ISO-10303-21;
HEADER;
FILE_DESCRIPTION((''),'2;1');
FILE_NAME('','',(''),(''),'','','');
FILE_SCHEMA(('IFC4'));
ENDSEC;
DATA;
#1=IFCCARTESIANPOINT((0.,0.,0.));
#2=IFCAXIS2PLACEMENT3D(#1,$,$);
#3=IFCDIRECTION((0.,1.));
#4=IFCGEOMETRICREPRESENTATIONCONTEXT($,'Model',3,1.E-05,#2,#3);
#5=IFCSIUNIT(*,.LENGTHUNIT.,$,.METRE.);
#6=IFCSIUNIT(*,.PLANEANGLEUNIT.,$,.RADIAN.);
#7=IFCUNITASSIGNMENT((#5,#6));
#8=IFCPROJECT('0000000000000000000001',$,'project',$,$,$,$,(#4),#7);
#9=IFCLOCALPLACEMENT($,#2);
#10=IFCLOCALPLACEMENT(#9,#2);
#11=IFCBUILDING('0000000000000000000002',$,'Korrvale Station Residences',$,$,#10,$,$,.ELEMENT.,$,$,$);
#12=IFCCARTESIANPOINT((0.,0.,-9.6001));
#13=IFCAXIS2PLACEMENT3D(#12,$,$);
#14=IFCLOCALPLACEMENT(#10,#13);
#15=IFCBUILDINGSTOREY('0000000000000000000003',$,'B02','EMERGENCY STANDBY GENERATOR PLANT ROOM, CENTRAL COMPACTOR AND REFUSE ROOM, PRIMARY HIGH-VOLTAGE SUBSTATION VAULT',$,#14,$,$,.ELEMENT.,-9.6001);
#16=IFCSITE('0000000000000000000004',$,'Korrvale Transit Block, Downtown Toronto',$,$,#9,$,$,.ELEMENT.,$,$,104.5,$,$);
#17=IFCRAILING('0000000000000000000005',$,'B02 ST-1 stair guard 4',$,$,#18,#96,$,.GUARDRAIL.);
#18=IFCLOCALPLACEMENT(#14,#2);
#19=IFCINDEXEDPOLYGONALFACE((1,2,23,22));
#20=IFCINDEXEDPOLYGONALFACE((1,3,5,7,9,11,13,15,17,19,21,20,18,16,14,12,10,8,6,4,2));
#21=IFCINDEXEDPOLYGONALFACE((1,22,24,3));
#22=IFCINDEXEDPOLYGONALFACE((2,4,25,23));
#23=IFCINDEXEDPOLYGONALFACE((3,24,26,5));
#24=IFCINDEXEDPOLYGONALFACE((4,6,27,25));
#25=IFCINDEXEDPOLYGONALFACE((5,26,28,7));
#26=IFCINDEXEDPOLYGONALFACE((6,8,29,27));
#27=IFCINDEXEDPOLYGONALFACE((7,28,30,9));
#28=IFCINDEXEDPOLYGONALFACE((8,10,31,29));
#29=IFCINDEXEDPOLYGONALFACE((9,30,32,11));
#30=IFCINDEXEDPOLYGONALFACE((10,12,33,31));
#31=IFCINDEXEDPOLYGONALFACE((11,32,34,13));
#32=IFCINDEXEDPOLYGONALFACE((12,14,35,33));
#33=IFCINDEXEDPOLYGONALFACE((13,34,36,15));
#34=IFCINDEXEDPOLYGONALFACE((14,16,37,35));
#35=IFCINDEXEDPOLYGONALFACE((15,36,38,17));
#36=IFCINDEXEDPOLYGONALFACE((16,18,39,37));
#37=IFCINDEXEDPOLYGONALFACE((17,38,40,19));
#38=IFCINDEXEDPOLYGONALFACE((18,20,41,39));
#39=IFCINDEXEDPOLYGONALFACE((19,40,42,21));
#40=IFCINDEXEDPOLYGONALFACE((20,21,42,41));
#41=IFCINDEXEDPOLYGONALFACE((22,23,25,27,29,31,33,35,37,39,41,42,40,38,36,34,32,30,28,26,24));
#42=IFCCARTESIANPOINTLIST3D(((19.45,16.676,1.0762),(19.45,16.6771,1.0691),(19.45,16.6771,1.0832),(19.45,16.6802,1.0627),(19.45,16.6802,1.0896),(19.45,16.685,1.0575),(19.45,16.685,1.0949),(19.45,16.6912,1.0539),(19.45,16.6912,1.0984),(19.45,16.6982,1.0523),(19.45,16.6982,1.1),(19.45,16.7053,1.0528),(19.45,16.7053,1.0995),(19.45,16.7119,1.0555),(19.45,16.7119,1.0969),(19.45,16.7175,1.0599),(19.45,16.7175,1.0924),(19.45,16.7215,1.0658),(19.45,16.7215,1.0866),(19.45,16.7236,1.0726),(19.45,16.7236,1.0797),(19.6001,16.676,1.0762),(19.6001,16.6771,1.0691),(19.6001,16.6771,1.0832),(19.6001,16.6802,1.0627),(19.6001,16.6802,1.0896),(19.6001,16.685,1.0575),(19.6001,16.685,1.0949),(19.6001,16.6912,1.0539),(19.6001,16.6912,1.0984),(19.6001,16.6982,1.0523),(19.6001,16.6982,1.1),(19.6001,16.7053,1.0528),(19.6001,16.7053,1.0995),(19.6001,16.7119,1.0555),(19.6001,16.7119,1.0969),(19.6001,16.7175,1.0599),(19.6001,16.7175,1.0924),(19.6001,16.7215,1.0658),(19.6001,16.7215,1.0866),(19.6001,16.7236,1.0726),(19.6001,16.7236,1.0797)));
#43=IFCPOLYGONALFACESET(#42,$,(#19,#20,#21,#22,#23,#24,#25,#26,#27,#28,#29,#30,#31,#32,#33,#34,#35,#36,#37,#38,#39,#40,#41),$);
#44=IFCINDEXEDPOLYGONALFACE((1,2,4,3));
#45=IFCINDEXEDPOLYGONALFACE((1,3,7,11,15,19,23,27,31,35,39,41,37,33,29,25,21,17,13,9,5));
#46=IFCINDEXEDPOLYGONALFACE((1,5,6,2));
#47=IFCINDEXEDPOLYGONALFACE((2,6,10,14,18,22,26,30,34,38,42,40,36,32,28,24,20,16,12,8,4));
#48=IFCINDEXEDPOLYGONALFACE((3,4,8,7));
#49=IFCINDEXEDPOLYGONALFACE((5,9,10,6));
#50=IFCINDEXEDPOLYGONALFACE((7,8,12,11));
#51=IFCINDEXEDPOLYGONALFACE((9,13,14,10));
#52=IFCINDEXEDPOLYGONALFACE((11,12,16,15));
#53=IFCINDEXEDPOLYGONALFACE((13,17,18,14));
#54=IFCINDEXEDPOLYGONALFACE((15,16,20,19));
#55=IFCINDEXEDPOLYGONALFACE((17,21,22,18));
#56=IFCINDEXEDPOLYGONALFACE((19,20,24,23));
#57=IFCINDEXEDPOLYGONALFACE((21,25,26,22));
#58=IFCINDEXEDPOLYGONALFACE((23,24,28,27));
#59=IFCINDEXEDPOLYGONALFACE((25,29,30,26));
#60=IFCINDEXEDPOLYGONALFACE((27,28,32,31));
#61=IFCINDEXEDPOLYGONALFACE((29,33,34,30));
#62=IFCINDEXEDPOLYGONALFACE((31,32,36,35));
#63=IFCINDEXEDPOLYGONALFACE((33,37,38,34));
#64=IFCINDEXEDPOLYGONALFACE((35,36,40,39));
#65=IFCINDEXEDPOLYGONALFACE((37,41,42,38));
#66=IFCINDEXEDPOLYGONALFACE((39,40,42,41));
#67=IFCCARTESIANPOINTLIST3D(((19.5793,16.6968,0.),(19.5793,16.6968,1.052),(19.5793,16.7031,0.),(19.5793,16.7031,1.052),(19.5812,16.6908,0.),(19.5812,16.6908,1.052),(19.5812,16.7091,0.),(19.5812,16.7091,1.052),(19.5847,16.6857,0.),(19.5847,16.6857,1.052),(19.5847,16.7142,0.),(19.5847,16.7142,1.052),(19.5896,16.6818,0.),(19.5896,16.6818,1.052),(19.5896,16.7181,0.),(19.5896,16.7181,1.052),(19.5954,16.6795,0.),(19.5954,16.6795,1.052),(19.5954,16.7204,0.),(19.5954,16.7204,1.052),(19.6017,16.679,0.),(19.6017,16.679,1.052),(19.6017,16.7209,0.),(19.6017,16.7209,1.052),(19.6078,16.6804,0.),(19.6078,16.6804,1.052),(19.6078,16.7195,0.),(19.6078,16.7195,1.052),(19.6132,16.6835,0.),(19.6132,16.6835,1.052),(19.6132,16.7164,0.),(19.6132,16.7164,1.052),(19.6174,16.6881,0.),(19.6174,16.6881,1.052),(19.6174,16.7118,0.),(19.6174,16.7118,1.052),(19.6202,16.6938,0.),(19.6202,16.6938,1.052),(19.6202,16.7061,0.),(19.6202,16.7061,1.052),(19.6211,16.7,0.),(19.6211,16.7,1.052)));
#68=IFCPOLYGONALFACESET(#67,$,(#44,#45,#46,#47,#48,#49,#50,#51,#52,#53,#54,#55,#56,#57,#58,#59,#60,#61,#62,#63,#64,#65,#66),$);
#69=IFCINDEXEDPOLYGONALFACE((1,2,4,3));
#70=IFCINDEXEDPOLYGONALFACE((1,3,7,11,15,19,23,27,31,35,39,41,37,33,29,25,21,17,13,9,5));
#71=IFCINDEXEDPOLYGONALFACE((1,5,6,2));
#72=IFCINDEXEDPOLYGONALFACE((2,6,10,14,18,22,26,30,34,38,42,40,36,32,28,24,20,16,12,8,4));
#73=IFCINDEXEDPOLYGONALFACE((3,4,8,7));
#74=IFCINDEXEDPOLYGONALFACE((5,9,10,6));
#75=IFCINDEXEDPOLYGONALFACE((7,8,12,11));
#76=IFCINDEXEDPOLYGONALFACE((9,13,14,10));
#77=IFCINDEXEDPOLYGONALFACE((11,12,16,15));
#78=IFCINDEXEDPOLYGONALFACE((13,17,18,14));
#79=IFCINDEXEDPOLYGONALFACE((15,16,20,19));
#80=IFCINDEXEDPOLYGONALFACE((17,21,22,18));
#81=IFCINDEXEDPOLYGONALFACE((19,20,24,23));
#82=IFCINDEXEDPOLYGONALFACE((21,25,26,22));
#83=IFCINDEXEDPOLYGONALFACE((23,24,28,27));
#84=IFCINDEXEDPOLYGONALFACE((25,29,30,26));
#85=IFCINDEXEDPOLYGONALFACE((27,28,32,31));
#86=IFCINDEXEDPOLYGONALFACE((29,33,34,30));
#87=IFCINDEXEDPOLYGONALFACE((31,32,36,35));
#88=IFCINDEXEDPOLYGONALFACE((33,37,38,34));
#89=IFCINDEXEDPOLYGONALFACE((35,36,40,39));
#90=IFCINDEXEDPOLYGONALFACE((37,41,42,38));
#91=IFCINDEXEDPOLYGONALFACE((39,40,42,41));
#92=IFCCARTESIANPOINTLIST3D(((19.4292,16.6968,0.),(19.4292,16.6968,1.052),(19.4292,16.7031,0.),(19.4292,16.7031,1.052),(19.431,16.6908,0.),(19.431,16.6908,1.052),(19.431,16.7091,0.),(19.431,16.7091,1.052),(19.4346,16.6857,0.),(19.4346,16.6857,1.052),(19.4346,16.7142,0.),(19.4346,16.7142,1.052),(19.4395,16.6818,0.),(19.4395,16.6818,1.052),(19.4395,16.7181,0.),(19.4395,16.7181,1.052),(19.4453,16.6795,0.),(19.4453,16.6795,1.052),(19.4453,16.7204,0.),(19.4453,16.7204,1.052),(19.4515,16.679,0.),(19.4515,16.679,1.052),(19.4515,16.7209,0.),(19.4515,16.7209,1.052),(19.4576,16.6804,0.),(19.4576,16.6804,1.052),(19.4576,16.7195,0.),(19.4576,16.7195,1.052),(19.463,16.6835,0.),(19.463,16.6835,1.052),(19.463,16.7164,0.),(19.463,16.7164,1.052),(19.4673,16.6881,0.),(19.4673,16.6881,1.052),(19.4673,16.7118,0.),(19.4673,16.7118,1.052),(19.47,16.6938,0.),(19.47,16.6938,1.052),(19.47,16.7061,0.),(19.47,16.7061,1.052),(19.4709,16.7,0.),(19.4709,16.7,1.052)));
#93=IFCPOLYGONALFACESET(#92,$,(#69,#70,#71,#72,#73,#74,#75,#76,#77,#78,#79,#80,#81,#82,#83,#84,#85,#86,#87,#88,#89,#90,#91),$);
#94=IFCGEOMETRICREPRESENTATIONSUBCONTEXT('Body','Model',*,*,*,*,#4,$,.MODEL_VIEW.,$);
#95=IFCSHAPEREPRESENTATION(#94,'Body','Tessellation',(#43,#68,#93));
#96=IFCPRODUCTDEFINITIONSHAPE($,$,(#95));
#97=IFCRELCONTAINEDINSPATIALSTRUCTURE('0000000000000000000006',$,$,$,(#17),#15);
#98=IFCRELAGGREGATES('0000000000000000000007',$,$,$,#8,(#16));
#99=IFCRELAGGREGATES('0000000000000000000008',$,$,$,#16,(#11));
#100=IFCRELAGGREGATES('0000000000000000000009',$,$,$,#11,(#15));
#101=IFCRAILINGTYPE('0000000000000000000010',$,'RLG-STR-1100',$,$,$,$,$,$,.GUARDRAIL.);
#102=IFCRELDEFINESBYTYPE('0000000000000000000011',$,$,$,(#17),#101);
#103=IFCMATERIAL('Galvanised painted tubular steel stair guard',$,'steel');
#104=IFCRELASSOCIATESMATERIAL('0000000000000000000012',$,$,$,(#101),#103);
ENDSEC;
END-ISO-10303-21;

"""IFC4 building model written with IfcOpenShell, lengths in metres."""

from ifc_helpers import new_model, si_unit, direction, frame, origin, origin_2d, place, context, subcontext, project, spatial, circle, extrude, material, type_object, element, save


model = new_model("IFC4")

# Units and contexts
model_context = context("Model", 3, precision=1e-05, world=origin(), true_north=direction((0.0, 1.0)))
body_context = subcontext(model_context, "Body", "Model", "MODEL_VIEW")
ifc_project = project(units=[si_unit("LENGTHUNIT", "METRE"), si_unit("PLANEANGLEUNIT", "RADIAN")], contexts=[model_context])

# Site, building, storey
site_placement = place(None, origin())
site = spatial("IfcSite", under=ifc_project, at=site_placement, Name="Korrvale Transit Block, Downtown Toronto", CompositionType="ELEMENT", RefElevation=104.5)
building_placement = place(site_placement, origin())
building = spatial("IfcBuilding", under=site, at=building_placement, Name="Korrvale Station Residences", CompositionType="ELEMENT")
storey_placement = place(building_placement, frame((0.0, 0.0, -9.6001)))
storey = spatial("IfcBuildingStorey", under=building, at=storey_placement, Name="B02", Description="EMERGENCY STANDBY GENERATOR PLANT ROOM, CENTRAL COMPACTOR AND REFUSE ROOM, PRIMARY HIGH-VOLTAGE SUBSTATION VAULT", CompositionType="ELEMENT", Elevation=-9.6001)

# Railing
ifc_material_1 = material(Name="Galvanised painted tubular steel stair guard", Category="steel")
railing_type_1 = type_object("IfcRailingType", Name="RLG-STR-1100", PredefinedType="GUARDRAIL", material=ifc_material_1)
railing_1_placement = place(storey_placement, frame((19.6001, 16.7, 0.0)))
element("IfcRailing", 1, at=railing_1_placement, inside=storey, type_object=railing_type_1, Name="B02 ST-1 stair guard 4", PredefinedType="GUARDRAIL", context=body_context, shape_type="SweptSolid", body=[
    extrude(circle(Radius=0.0239, at=origin_2d()), frame((0.0, 0.0, 1.0762), z_axis=(-1.0, 0.0, 0.0), x_axis=(0.0, -1.0, 0.0)), (0.0, 0.0, 1.0), 0.1501),
    extrude(circle(Radius=0.021, at=origin_2d()), origin(), (0.0, 0.0, 1.0), 1.052),
    extrude(circle(Radius=0.021, at=origin_2d()), frame((-0.1501, 0.0, 0.0)), (0.0, 0.0, 1.0), 1.052),
])

save(model, "model.ifc")
